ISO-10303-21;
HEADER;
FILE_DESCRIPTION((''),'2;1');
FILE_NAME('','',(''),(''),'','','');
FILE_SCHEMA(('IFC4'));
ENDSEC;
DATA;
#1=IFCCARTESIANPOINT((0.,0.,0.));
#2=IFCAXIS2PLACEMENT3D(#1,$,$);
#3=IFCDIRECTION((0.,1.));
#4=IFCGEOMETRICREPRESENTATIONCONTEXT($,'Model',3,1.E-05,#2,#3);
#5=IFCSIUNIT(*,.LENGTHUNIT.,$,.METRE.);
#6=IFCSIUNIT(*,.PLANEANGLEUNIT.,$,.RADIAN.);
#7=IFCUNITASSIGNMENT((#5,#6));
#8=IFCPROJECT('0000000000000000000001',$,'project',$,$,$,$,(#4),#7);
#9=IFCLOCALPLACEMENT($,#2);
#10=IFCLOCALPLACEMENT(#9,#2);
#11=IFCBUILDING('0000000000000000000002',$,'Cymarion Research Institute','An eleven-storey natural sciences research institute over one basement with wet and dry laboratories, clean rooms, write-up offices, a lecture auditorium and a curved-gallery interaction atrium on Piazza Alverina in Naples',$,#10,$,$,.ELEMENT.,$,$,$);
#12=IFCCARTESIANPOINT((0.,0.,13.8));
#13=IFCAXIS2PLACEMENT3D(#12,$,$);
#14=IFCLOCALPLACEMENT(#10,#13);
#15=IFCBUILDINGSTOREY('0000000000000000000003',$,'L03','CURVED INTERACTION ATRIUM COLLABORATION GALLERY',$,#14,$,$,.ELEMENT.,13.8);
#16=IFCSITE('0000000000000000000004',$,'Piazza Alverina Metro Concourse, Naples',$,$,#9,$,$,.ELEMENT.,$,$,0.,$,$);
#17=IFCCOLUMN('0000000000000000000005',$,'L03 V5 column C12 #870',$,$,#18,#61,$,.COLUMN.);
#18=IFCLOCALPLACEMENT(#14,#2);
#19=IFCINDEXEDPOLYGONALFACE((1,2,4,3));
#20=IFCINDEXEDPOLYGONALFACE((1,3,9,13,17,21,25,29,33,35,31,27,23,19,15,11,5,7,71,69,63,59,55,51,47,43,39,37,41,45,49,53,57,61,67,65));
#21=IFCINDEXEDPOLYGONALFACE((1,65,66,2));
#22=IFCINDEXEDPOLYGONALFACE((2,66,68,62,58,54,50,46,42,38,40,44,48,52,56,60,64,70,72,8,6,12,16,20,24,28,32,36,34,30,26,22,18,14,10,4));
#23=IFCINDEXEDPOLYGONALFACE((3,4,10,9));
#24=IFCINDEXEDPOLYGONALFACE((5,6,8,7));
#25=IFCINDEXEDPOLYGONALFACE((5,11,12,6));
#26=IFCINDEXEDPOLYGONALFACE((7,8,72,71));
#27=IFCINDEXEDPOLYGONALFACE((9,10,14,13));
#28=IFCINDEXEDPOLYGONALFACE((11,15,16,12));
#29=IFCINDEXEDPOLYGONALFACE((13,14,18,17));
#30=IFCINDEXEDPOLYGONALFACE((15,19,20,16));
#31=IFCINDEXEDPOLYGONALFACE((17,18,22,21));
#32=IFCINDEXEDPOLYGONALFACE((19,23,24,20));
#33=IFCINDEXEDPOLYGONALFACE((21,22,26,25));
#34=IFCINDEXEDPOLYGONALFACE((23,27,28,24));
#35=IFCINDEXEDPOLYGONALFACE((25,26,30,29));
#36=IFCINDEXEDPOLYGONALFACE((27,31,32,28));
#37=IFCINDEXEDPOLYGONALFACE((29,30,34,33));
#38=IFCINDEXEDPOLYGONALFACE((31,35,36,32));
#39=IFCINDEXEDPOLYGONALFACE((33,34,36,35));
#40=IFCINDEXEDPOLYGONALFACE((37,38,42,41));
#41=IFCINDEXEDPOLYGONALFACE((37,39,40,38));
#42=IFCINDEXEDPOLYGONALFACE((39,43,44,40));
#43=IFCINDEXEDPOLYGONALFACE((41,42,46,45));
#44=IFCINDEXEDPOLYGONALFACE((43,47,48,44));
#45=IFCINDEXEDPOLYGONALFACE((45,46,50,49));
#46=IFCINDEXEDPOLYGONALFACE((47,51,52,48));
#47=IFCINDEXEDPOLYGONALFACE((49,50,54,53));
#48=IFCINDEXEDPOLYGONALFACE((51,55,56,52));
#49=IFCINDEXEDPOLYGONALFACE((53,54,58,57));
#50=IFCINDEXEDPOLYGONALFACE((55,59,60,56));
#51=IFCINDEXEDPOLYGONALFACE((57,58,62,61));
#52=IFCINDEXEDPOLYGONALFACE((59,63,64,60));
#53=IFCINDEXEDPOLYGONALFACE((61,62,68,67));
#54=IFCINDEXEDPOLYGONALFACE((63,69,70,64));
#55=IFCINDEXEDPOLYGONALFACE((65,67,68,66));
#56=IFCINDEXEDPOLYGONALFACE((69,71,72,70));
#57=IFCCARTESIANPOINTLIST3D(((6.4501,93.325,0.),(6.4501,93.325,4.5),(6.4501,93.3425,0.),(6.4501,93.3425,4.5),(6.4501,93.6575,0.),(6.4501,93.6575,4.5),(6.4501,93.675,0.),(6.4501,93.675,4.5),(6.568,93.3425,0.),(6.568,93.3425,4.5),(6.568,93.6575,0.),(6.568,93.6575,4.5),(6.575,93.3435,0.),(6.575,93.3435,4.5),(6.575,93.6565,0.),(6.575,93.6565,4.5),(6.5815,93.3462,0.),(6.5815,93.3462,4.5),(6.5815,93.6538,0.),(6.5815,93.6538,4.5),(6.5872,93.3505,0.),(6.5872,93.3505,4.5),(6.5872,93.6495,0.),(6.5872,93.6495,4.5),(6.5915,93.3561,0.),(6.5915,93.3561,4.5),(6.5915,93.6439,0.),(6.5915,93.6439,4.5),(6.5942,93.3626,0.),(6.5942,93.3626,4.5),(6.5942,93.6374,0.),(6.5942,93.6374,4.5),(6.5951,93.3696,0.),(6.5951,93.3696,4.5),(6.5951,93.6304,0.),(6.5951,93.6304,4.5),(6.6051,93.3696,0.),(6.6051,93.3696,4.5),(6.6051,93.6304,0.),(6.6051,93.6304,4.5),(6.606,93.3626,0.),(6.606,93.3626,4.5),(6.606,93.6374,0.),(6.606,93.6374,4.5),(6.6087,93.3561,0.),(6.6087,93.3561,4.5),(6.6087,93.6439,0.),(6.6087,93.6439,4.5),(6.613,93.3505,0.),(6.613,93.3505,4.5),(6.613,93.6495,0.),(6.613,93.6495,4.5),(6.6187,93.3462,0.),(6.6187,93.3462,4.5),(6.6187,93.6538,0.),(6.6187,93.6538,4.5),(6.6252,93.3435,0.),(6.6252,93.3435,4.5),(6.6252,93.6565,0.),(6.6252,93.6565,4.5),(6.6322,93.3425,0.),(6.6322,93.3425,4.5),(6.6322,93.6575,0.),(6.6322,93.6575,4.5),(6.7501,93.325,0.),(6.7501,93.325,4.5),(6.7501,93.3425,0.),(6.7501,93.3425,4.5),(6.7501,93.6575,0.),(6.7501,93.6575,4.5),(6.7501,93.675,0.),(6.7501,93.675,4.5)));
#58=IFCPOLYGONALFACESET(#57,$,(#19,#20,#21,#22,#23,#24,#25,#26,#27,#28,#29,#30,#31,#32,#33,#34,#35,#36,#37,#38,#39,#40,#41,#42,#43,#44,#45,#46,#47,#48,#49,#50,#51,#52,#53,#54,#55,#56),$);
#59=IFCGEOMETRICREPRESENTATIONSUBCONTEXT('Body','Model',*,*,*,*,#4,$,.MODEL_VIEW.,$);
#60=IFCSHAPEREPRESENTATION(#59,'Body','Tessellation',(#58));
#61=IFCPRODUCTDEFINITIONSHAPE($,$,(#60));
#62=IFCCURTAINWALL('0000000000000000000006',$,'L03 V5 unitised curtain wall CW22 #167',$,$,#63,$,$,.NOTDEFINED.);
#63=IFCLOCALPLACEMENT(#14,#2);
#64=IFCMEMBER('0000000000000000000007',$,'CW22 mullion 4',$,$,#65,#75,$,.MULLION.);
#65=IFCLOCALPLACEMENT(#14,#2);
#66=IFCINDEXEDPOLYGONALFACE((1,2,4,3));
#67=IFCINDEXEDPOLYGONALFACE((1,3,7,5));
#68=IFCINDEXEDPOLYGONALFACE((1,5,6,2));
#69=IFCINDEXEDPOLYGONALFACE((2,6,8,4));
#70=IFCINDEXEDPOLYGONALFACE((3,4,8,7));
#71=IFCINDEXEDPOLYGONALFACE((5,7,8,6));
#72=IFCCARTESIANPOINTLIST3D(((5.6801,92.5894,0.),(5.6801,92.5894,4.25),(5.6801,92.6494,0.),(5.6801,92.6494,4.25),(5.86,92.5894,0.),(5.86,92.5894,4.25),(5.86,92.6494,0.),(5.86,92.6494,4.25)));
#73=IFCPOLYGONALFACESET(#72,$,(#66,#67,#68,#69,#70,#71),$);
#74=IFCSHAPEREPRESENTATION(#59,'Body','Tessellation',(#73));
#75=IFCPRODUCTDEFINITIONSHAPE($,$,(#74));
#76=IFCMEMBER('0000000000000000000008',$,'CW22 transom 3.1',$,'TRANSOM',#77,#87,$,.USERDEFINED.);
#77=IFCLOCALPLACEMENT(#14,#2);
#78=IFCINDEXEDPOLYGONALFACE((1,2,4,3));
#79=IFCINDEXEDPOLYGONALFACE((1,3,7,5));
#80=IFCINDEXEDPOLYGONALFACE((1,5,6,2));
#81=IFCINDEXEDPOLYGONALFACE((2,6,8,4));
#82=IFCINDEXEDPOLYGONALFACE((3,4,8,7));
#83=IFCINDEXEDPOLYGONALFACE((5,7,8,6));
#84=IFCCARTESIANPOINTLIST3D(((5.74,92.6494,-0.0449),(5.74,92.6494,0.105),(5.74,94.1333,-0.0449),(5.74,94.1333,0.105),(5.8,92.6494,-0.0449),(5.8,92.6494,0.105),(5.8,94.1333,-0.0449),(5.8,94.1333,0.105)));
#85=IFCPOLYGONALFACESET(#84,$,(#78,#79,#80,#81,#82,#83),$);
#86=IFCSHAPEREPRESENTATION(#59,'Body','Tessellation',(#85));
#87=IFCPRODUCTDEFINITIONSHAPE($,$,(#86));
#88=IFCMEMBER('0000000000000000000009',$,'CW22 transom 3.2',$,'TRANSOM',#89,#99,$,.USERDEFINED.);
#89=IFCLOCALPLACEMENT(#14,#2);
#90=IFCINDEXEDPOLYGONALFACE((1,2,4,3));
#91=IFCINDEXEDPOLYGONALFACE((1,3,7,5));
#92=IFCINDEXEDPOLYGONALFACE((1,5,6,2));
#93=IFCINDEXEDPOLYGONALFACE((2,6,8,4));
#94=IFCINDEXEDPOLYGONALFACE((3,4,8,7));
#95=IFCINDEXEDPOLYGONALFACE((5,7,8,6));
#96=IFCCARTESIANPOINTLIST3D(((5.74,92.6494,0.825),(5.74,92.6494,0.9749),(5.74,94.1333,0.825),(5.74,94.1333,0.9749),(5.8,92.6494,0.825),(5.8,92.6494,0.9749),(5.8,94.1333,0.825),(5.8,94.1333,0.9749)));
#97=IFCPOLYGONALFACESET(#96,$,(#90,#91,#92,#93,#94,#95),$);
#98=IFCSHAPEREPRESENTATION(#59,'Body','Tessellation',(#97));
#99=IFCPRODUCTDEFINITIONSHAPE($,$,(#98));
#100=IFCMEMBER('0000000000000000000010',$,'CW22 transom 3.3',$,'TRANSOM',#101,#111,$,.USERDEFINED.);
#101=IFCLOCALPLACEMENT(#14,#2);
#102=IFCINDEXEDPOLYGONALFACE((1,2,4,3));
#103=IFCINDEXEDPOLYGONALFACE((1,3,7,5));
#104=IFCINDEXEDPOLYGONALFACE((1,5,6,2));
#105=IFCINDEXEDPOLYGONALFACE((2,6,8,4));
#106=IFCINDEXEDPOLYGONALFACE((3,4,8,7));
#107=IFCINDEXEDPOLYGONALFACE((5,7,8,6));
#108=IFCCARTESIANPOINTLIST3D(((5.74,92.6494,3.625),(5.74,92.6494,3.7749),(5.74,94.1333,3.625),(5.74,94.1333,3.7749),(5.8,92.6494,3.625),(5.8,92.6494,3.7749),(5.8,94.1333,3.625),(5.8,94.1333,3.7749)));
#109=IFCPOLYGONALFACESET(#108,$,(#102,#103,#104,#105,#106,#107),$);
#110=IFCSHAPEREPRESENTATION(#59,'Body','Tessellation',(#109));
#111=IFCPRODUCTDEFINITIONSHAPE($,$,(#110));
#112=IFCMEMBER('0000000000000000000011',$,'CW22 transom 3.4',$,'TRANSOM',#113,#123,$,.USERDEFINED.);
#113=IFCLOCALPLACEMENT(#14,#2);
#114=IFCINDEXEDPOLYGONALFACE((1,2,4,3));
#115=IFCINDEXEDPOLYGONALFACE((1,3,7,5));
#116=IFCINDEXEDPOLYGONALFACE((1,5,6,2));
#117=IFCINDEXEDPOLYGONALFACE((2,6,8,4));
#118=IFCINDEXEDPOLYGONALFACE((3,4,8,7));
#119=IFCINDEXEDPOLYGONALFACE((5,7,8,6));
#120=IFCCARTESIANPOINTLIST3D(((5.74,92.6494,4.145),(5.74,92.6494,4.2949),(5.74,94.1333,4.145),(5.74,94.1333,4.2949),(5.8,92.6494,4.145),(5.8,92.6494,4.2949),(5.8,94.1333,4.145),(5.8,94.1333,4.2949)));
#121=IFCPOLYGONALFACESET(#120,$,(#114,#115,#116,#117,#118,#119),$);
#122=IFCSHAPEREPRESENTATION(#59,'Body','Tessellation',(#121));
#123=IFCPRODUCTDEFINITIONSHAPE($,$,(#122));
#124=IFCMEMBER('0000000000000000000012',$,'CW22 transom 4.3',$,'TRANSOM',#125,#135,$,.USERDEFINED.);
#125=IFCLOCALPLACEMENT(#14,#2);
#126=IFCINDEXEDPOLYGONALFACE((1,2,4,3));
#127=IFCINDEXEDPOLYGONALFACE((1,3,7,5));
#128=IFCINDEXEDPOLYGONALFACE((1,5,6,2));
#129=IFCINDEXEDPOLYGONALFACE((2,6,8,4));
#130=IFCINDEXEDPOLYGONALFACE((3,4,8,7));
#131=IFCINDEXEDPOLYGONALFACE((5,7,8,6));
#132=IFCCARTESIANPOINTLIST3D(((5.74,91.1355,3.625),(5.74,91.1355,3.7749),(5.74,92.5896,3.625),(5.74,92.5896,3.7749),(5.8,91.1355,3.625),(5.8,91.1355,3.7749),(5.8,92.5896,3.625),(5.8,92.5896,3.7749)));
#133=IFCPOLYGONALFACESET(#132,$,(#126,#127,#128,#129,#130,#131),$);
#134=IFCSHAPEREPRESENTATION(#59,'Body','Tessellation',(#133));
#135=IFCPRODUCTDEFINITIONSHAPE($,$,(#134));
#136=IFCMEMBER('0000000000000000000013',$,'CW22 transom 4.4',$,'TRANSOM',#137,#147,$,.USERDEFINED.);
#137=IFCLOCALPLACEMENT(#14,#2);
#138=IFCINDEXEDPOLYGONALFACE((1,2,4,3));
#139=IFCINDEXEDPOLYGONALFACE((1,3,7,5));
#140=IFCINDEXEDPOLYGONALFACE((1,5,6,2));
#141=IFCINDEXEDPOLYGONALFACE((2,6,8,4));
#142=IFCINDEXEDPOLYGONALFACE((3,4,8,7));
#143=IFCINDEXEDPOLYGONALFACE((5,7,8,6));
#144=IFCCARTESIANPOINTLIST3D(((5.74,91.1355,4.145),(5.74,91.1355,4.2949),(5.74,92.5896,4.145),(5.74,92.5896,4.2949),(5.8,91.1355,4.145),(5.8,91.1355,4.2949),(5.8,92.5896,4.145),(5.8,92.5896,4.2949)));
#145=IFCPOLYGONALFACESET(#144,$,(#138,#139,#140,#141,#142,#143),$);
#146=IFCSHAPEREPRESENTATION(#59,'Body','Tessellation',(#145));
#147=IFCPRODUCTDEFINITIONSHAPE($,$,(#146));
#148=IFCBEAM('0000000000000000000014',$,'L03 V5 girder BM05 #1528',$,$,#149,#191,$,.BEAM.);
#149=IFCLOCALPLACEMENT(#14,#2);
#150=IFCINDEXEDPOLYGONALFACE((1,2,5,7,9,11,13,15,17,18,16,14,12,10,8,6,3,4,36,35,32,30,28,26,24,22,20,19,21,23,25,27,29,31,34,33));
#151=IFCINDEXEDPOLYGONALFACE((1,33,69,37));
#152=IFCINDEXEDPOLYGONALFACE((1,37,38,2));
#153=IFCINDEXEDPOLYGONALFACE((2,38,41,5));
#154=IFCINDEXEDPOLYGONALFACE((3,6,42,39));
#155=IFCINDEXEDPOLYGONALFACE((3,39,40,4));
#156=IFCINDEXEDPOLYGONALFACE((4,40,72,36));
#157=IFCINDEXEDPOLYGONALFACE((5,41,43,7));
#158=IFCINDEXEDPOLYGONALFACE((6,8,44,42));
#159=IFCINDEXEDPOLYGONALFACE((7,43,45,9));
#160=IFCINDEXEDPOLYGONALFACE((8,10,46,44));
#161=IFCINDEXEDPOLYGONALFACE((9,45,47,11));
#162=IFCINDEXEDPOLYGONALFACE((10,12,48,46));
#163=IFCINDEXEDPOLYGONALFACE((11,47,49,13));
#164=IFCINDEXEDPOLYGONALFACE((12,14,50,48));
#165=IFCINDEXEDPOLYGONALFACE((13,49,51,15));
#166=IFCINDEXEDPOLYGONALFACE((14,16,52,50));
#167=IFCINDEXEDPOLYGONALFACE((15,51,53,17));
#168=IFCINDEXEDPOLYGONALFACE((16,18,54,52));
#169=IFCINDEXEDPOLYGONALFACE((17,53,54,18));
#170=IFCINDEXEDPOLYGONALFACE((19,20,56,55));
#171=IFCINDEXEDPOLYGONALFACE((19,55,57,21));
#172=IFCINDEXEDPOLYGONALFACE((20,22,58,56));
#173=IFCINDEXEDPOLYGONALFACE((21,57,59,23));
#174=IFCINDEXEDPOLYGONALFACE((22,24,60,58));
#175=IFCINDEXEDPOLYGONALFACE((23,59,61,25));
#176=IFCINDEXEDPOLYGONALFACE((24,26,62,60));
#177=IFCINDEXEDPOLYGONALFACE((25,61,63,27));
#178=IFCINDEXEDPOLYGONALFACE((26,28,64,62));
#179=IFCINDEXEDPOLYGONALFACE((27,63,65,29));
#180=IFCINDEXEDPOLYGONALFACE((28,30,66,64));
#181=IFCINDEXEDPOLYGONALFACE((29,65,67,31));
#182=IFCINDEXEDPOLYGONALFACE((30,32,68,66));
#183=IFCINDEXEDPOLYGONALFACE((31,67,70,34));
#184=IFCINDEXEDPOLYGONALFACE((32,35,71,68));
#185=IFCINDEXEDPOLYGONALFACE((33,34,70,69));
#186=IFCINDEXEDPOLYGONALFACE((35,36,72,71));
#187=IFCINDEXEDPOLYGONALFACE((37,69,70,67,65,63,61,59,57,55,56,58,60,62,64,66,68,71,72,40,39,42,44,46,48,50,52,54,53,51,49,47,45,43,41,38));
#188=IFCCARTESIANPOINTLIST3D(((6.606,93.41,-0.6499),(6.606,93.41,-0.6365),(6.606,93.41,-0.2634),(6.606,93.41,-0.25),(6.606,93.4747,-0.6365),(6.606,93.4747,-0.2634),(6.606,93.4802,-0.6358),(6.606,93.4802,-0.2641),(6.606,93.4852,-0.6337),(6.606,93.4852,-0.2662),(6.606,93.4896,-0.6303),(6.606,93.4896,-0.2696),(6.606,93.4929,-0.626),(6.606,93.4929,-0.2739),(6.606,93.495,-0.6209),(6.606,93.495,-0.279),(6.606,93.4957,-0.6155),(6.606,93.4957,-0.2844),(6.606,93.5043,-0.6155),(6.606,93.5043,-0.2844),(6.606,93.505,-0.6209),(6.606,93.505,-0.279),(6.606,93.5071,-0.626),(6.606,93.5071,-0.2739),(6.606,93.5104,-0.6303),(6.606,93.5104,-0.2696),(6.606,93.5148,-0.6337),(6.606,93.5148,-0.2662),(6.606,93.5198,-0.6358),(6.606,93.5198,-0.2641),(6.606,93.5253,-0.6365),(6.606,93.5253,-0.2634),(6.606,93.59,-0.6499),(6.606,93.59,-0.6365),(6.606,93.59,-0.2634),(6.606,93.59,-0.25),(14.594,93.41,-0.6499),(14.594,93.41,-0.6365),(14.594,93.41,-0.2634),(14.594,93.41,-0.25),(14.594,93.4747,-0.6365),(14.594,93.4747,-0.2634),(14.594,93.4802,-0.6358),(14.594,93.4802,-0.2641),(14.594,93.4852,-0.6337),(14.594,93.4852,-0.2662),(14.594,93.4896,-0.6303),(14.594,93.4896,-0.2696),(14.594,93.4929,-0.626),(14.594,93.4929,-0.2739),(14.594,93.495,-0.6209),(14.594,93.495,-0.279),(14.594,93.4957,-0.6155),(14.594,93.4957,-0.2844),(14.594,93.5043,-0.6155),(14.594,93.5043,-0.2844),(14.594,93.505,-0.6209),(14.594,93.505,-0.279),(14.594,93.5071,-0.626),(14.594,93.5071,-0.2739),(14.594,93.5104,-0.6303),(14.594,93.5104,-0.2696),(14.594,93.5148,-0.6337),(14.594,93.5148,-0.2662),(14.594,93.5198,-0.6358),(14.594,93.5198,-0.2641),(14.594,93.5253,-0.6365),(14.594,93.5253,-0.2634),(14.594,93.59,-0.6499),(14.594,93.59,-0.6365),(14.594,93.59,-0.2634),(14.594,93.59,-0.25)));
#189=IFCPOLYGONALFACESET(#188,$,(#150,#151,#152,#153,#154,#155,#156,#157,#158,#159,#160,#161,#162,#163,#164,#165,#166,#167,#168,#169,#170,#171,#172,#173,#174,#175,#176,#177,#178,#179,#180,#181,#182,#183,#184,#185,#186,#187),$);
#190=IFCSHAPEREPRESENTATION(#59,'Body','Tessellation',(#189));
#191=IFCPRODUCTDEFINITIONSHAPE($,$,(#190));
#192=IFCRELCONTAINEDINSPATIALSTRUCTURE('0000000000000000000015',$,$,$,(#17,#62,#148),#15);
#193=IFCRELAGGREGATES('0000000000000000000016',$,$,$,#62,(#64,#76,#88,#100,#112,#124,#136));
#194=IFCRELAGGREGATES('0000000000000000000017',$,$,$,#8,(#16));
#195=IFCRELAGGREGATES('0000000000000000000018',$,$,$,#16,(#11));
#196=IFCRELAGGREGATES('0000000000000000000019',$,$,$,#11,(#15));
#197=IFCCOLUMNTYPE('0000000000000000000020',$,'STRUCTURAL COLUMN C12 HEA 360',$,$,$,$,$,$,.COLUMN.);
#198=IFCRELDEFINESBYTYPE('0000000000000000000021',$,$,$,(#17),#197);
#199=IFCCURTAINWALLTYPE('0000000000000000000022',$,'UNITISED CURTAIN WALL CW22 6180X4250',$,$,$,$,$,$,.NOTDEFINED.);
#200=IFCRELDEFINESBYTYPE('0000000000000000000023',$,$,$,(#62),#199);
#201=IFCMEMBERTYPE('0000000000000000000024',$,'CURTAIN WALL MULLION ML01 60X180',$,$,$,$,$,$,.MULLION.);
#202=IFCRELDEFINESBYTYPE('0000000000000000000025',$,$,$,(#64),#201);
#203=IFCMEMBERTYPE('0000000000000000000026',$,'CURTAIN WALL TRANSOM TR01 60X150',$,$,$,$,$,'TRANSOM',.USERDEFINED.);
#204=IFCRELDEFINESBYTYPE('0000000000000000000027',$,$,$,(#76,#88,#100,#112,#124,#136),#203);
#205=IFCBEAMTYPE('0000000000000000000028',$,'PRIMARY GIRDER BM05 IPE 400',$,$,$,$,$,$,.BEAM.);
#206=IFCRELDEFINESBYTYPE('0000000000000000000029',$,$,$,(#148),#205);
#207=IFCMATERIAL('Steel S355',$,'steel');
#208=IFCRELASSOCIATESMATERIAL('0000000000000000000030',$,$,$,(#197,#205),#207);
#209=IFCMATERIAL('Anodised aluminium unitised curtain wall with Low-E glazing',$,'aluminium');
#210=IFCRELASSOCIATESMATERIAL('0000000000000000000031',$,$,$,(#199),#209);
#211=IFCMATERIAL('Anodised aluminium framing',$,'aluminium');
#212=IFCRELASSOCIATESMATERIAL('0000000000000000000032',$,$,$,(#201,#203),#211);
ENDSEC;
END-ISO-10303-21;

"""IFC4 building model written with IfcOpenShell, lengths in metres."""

from ifc_helpers import new_model, si_unit, direction, frame, origin, origin_2d, place, context, subcontext, project, spatial, rectangle, i_section, extrude, material, material_profile, profile_set, type_object, element, aggregate, save


model = new_model("IFC4")

# Units and contexts
model_context = context("Model", 3, precision=1e-05, world=origin(), true_north=direction((0.0, 1.0)))
body_context = subcontext(model_context, "Body", "Model", "MODEL_VIEW")
ifc_project = project(units=[si_unit("LENGTHUNIT", "METRE"), si_unit("PLANEANGLEUNIT", "RADIAN")], contexts=[model_context])

# Site, building, storey
site_placement = place(None, origin())
site = spatial("IfcSite", under=ifc_project, at=site_placement, Name="Piazza Alverina Metro Concourse, Naples", CompositionType="ELEMENT", RefElevation=0.0)
building_placement = place(site_placement, origin())
building = spatial("IfcBuilding", under=site, at=building_placement, Name="Cymarion Research Institute", Description="An eleven-storey natural sciences research institute over one basement with wet and dry laboratories, clean rooms, write-up offices, a lecture auditorium and a curved-gallery interaction atrium on Piazza Alverina in Naples", CompositionType="ELEMENT")
storey_placement = place(building_placement, frame((0.0, 0.0, 13.8)))
storey = spatial("IfcBuildingStorey", under=building, at=storey_placement, Name="L03", Description="CURVED INTERACTION ATRIUM COLLABORATION GALLERY", CompositionType="ELEMENT", Elevation=13.8)

# Column
ifc_material_1 = material(Name="Steel S355", Category="steel")
ifc_material_profile_1 = material_profile(ifc_material_1, i_section(OverallWidth=0.3, OverallDepth=0.3501, WebThickness=0.01, FlangeThickness=0.0176, FilletRadius=0.0271, at=origin_2d()), Name="HEA 360")
ifc_profile_set_1 = profile_set([ifc_material_profile_1], Name="Steel S355")
column_type = type_object("IfcColumnType", Name="STRUCTURAL COLUMN C12 HEA 360", PredefinedType="COLUMN", material=ifc_profile_set_1)
column_placement = place(storey_placement, frame((6.6001, 93.5, 0.0), z_axis=(0.0, 0.0, 1.0), x_axis=(1.0, 0.0, 0.0)))
element("IfcColumn", 1, at=column_placement, inside=storey, type_object=column_type, Name="L03 V5 column C12 #870", PredefinedType="COLUMN", context=body_context, shape_type="SweptSolid", body=[
    extrude(i_section(OverallWidth=0.3, OverallDepth=0.3501, WebThickness=0.01, FlangeThickness=0.0176, FilletRadius=0.0271, at=origin_2d()), origin(), (0.0, 0.0, 1.0), 4.5),
])

# Curtain wall, members
ifc_material_2 = material(Name="Anodised aluminium unitised curtain wall with Low-E glazing", Category="aluminium")
curtain_wall_type = type_object("IfcCurtainWallType", Name="UNITISED CURTAIN WALL CW22 6180X4250", PredefinedType="NOTDEFINED", material=ifc_material_2)
curtain_wall_placement = place(storey_placement, origin())
curtain_wall = element("IfcCurtainWall", 2, at=curtain_wall_placement, inside=storey, type_object=curtain_wall_type, Name="L03 V5 unitised curtain wall CW22 #167", PredefinedType="NOTDEFINED")
ifc_material_3 = material(Name="Anodised aluminium framing", Category="aluminium")
ifc_material_profile_2 = material_profile(ifc_material_3, rectangle(XDim=0.0601, YDim=0.1799, at=origin_2d()), Name="ALU MULLION 60x180")
ifc_profile_set_2 = profile_set([ifc_material_profile_2], Name="Anodised aluminium framing")
member_type_1 = type_object("IfcMemberType", Name="CURTAIN WALL MULLION ML01 60X180", PredefinedType="MULLION", material=ifc_profile_set_2)
member_1_placement = place(storey_placement, frame((5.77, 92.6194, 0.0), z_axis=(0.0, 0.0, 1.0), x_axis=(0.0, -1.0, 0.0)))
member_1 = element("IfcMember", 3, at=member_1_placement, type_object=member_type_1, Name="CW22 mullion 4", PredefinedType="MULLION", context=body_context, shape_type="SweptSolid", body=[
    extrude(rectangle(XDim=0.0601, YDim=0.1799, at=origin_2d()), origin(), (0.0, 0.0, 1.0), 4.25),
])
ifc_material_profile_3 = material_profile(ifc_material_3, rectangle(XDim=0.0601, YDim=0.1499, at=origin_2d()), Name="ALU TRANSOM 60x150")
ifc_profile_set_3 = profile_set([ifc_material_profile_3], Name="Anodised aluminium framing")
member_type_2 = type_object("IfcMemberType", Name="CURTAIN WALL TRANSOM TR01 60X150", ElementType="TRANSOM", PredefinedType="USERDEFINED", material=ifc_profile_set_3)
member_2_placement = place(storey_placement, frame((5.77, 94.1333, 0.03), z_axis=(0.0, -1.0, 0.0), x_axis=(1.0, 0.0, 0.0)))
member_2 = element("IfcMember", 4, at=member_2_placement, type_object=member_type_2, Name="CW22 transom 3.1", ObjectType="TRANSOM", PredefinedType="USERDEFINED", context=body_context, shape_type="SweptSolid", body=[
    extrude(rectangle(XDim=0.0601, YDim=0.1499, at=origin_2d()), origin(), (0.0, 0.0, 1.0), 1.4839),
])
member_3_placement = place(storey_placement, frame((5.77, 94.1333, 0.8999), z_axis=(0.0, -1.0, 0.0), x_axis=(1.0, 0.0, 0.0)))
member_3 = element("IfcMember", 5, at=member_3_placement, type_object=member_type_2, Name="CW22 transom 3.2", ObjectType="TRANSOM", PredefinedType="USERDEFINED", context=body_context, shape_type="SweptSolid", body=[
    extrude(rectangle(XDim=0.0601, YDim=0.1499, at=origin_2d()), origin(), (0.0, 0.0, 1.0), 1.4839),
])
member_4_placement = place(storey_placement, frame((5.77, 94.1333, 3.7), z_axis=(0.0, -1.0, 0.0), x_axis=(1.0, 0.0, 0.0)))
member_4 = element("IfcMember", 6, at=member_4_placement, type_object=member_type_2, Name="CW22 transom 3.3", ObjectType="TRANSOM", PredefinedType="USERDEFINED", context=body_context, shape_type="SweptSolid", body=[
    extrude(rectangle(XDim=0.0601, YDim=0.1499, at=origin_2d()), origin(), (0.0, 0.0, 1.0), 1.4839),
])
member_5_placement = place(storey_placement, frame((5.77, 94.1333, 4.22), z_axis=(0.0, -1.0, 0.0), x_axis=(1.0, 0.0, 0.0)))
member_5 = element("IfcMember", 7, at=member_5_placement, type_object=member_type_2, Name="CW22 transom 3.4", ObjectType="TRANSOM", PredefinedType="USERDEFINED", context=body_context, shape_type="SweptSolid", body=[
    extrude(rectangle(XDim=0.0601, YDim=0.1499, at=origin_2d()), origin(), (0.0, 0.0, 1.0), 1.4839),
])
member_6_placement = place(storey_placement, frame((5.77, 92.5896, 3.7), z_axis=(0.0, -1.0, 0.0), x_axis=(1.0, 0.0, 0.0)))
member_6 = element("IfcMember", 8, at=member_6_placement, type_object=member_type_2, Name="CW22 transom 4.3", ObjectType="TRANSOM", PredefinedType="USERDEFINED", context=body_context, shape_type="SweptSolid", body=[
    extrude(rectangle(XDim=0.0601, YDim=0.1499, at=origin_2d()), origin(), (0.0, 0.0, 1.0), 1.4541),
])
member_7_placement = place(storey_placement, frame((5.77, 92.5896, 4.22), z_axis=(0.0, -1.0, 0.0), x_axis=(1.0, 0.0, 0.0)))
member_7 = element("IfcMember", 9, at=member_7_placement, type_object=member_type_2, Name="CW22 transom 4.4", ObjectType="TRANSOM", PredefinedType="USERDEFINED", context=body_context, shape_type="SweptSolid", body=[
    extrude(rectangle(XDim=0.0601, YDim=0.1499, at=origin_2d()), origin(), (0.0, 0.0, 1.0), 1.4541),
])

# Beam
ifc_material_profile_4 = material_profile(ifc_material_1, i_section(OverallWidth=0.1799, OverallDepth=0.3999, WebThickness=0.0085, FlangeThickness=0.0134, FilletRadius=0.021, at=origin_2d()), Name="IPE 400")
ifc_profile_set_4 = profile_set([ifc_material_profile_4], Name="Steel S355")
beam_type_1 = type_object("IfcBeamType", Name="PRIMARY GIRDER BM05 IPE 400", PredefinedType="BEAM", material=ifc_profile_set_4)
beam_1_placement = place(storey_placement, frame((6.606, 93.5, -0.45), z_axis=(1.0, 0.0, 0.0), x_axis=(0.0, 1.0, 0.0)))
element("IfcBeam", 10, at=beam_1_placement, inside=storey, type_object=beam_type_1, Name="L03 V5 girder BM05 #1528", PredefinedType="BEAM", context=body_context, shape_type="SweptSolid", body=[
    extrude(i_section(OverallWidth=0.1799, OverallDepth=0.3999, WebThickness=0.0085, FlangeThickness=0.0134, FilletRadius=0.021, at=origin_2d()), origin(), (0.0, 0.0, 1.0), 7.988),
])

aggregate(curtain_wall, [member_1, member_2, member_3, member_4, member_5, member_6, member_7])

save(model, "model.ifc")
